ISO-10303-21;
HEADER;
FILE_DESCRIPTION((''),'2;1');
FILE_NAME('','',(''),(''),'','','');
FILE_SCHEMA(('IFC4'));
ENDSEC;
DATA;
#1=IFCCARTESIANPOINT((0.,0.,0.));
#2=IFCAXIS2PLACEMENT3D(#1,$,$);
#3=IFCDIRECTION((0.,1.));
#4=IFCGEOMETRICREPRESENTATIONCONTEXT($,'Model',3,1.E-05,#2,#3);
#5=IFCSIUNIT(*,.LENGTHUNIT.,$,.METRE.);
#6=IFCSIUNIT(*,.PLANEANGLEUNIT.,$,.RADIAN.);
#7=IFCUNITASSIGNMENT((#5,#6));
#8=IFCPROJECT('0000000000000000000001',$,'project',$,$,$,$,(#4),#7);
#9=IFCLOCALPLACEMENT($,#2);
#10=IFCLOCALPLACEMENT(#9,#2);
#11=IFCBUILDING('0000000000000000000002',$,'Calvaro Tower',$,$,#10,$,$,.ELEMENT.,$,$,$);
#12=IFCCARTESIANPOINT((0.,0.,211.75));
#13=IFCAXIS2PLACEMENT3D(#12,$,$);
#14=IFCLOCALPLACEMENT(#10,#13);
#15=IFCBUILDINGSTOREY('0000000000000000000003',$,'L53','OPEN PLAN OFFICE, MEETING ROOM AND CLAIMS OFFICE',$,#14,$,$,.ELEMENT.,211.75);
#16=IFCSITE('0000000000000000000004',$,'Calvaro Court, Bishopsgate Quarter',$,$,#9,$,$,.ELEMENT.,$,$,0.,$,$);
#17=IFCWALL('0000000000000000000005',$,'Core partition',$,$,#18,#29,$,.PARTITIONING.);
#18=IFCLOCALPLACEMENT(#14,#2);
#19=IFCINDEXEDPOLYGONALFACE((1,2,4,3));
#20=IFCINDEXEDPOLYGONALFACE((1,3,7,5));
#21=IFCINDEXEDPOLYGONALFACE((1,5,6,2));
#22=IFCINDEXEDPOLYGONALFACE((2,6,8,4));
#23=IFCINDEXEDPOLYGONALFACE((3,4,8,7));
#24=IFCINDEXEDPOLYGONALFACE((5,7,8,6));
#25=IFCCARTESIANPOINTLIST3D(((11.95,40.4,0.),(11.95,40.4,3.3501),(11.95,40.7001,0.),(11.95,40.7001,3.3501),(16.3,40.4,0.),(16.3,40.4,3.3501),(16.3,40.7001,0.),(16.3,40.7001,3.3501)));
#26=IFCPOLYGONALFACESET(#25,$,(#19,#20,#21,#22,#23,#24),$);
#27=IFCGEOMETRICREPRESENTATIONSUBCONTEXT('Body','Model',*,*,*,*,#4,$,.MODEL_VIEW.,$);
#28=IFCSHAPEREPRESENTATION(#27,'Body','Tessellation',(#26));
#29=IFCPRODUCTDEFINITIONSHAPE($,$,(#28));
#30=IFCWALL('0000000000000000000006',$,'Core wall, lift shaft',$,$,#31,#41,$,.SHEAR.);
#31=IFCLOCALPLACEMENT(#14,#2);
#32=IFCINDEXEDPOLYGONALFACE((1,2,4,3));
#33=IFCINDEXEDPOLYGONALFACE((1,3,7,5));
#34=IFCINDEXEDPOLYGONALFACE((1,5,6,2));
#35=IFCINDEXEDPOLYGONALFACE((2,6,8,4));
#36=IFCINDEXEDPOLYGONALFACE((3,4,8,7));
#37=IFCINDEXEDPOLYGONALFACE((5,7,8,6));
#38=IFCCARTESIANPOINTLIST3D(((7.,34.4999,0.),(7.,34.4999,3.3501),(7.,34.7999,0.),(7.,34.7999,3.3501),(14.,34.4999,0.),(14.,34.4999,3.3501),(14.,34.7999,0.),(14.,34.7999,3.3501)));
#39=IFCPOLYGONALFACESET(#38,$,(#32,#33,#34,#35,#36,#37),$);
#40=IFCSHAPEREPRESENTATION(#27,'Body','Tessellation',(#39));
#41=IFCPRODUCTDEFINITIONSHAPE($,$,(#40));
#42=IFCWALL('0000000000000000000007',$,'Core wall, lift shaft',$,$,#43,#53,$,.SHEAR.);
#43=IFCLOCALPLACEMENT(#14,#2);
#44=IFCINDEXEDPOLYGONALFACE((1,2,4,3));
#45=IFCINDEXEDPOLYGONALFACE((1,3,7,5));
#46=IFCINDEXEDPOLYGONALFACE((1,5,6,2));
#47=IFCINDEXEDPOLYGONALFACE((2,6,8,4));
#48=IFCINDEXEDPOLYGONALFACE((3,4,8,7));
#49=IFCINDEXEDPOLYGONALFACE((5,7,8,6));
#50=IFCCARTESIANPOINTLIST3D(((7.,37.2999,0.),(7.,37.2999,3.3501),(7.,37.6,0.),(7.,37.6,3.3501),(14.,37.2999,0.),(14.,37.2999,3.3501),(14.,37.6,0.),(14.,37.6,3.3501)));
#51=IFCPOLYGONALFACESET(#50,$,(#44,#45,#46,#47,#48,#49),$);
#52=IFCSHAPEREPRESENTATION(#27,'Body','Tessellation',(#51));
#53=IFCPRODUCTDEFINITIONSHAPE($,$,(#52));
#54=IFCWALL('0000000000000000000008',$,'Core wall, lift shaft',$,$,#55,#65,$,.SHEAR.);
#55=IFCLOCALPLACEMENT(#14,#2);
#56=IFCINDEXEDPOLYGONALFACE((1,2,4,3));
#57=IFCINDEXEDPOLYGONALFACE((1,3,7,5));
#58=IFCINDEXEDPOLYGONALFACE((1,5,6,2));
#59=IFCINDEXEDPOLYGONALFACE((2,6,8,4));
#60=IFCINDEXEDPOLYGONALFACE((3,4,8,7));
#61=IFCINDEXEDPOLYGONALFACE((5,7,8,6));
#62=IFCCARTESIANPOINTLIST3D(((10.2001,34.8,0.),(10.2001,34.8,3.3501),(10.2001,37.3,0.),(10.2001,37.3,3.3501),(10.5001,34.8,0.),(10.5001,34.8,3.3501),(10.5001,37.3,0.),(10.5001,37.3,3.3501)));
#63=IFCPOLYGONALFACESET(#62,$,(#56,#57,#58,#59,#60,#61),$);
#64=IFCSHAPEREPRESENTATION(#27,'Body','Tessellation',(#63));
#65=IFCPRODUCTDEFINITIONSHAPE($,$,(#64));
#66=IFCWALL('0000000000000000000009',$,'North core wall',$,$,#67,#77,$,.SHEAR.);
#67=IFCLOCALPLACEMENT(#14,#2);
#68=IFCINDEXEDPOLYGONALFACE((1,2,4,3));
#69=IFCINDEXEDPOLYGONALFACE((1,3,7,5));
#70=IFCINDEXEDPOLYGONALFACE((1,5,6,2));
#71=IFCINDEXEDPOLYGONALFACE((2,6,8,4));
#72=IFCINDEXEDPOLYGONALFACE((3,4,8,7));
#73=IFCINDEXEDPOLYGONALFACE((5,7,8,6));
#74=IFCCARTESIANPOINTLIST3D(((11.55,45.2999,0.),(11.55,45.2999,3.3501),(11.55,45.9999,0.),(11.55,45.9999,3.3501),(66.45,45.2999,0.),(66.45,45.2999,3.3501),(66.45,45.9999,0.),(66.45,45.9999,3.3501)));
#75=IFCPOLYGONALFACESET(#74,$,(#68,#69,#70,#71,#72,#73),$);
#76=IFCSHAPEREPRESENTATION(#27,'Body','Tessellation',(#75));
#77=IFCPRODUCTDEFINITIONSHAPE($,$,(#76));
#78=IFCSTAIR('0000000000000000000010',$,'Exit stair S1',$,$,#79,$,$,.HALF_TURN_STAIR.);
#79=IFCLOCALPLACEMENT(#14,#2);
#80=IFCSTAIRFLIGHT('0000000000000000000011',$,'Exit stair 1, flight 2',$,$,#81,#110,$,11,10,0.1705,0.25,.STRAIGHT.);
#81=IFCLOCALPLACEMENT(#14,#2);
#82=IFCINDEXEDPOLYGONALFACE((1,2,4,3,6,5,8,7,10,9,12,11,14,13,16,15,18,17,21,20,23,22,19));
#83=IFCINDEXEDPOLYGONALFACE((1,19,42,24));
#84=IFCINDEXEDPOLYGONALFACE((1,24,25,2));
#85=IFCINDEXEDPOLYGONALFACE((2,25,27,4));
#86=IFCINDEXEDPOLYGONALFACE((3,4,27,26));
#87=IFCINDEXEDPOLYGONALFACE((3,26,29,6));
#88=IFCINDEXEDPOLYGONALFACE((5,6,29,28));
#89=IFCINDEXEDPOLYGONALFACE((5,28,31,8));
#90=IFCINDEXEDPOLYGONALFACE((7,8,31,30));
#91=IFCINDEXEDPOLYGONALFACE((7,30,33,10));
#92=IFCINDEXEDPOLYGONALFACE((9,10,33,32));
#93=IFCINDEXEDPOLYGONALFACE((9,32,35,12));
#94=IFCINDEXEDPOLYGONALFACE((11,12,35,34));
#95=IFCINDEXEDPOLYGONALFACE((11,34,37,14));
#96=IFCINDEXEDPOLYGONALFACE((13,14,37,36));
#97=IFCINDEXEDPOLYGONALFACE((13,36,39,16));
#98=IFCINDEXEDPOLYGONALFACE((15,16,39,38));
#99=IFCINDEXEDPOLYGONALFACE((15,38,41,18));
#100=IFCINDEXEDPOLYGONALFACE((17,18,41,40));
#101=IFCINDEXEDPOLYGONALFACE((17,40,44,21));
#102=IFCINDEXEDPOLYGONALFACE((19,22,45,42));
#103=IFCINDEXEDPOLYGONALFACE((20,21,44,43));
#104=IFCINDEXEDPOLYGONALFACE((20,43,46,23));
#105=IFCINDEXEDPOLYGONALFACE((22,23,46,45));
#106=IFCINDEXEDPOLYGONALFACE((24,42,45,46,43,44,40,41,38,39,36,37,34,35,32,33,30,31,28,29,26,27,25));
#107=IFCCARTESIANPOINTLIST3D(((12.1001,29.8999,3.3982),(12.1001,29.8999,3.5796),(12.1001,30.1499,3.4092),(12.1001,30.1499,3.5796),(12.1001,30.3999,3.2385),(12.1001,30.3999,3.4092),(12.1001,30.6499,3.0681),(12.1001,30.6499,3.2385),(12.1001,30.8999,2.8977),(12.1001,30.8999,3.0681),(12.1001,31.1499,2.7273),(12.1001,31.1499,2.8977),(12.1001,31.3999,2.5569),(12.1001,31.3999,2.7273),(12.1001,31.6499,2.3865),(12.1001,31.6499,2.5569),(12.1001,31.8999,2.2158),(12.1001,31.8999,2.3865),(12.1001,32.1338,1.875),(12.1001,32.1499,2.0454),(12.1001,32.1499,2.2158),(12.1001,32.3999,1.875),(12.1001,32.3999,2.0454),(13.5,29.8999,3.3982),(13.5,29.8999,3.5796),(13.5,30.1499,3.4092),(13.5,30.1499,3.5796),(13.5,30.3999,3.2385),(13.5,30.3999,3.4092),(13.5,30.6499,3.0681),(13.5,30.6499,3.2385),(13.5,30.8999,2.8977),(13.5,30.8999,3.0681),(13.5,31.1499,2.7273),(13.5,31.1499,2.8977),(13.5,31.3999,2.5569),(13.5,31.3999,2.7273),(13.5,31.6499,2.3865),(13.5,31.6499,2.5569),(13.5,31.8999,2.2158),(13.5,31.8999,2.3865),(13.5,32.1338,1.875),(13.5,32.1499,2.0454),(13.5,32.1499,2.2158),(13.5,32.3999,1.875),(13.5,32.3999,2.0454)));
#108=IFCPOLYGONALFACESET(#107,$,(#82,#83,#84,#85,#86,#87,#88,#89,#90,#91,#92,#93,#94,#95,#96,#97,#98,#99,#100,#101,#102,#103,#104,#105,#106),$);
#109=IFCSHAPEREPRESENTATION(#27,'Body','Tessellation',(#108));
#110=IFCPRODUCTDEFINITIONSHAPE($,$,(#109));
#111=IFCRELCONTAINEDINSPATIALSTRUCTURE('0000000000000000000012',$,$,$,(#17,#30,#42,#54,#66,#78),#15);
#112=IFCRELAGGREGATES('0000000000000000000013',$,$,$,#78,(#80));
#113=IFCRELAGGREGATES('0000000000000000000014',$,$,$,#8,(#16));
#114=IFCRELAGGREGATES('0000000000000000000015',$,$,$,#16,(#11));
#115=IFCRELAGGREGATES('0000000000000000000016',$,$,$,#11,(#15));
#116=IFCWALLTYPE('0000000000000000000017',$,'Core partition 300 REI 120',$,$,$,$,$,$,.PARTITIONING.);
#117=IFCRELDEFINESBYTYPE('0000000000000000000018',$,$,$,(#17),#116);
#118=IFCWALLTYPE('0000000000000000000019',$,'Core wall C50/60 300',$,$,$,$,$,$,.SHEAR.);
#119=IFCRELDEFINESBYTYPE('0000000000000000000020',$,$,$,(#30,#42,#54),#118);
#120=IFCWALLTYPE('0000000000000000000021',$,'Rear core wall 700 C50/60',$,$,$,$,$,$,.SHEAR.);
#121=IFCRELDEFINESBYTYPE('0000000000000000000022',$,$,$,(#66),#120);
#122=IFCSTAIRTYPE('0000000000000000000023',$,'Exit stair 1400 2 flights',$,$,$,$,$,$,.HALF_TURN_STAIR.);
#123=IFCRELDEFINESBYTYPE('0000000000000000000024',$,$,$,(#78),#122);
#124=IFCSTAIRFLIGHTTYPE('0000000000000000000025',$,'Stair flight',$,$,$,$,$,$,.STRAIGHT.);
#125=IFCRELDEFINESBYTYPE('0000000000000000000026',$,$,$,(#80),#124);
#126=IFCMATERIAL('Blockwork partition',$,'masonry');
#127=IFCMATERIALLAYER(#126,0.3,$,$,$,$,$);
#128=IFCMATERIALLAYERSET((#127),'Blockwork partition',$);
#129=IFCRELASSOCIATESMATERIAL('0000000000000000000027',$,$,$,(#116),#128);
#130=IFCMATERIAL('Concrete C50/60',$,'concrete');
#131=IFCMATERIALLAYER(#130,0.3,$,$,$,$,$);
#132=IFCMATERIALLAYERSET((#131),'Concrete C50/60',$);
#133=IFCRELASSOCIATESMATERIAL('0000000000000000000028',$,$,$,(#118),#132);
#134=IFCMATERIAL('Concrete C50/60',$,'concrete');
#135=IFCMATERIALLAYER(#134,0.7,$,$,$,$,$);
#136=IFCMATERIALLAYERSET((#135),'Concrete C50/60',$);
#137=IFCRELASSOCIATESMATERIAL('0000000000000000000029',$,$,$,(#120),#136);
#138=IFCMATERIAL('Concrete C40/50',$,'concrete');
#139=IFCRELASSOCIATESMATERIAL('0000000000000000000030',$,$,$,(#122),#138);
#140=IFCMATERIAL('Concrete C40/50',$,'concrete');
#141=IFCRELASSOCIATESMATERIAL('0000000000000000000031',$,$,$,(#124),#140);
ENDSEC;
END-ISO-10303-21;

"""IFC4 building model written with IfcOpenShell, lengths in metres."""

from ifc_helpers import new_model, si_unit, direction, frame, frame_2d, origin, place, context, subcontext, project, spatial, polyline, rectangle, outline, extrude, material, layer, layer_set, type_object, element, aggregate, save


model = new_model("IFC4")

# Units and contexts
model_context = context("Model", 3, precision=1e-05, world=origin(), true_north=direction((0.0, 1.0)))
body_context = subcontext(model_context, "Body", "Model", "MODEL_VIEW")
ifc_project = project(units=[si_unit("LENGTHUNIT", "METRE"), si_unit("PLANEANGLEUNIT", "RADIAN")], contexts=[model_context])

# Site, building, storey
site_placement = place(None, origin())
site = spatial("IfcSite", under=ifc_project, at=site_placement, Name="Calvaro Court, Bishopsgate Quarter", CompositionType="ELEMENT", RefElevation=0.0)
building_placement = place(site_placement, origin())
building = spatial("IfcBuilding", under=site, at=building_placement, Name="Calvaro Tower", CompositionType="ELEMENT")
storey_placement = place(building_placement, frame((0.0, 0.0, 211.75)))
storey = spatial("IfcBuildingStorey", under=building, at=storey_placement, Name="L53", Description="OPEN PLAN OFFICE, MEETING ROOM AND CLAIMS OFFICE", CompositionType="ELEMENT", Elevation=211.75)

# Walls
ifc_material_1 = material(Name="Blockwork partition", Category="masonry")
ifc_layer_1 = layer(ifc_material_1, 0.3)
ifc_layer_set_1 = layer_set([ifc_layer_1], Name="Blockwork partition")
wall_type_1 = type_object("IfcWallType", Name="Core partition 300 REI 120", PredefinedType="PARTITIONING", material=ifc_layer_set_1)
wall_1_placement = place(storey_placement, frame((11.95, 40.55, 0.0), z_axis=(0.0, 0.0, 1.0), x_axis=(1.0, 0.0, 0.0)))
element("IfcWall", 1, at=wall_1_placement, inside=storey, type_object=wall_type_1, Name="Core partition", PredefinedType="PARTITIONING", context=body_context, shape_type="SweptSolid", body=[
    extrude(rectangle(XDim=4.3501, YDim=0.3, at=frame_2d((2.175, 0.0))), origin(), (0.0, 0.0, 1.0), 3.3501),
])
ifc_material_2 = material(Name="Concrete C50/60", Category="concrete")
ifc_layer_2 = layer(ifc_material_2, 0.3)
ifc_layer_set_2 = layer_set([ifc_layer_2], Name="Concrete C50/60")
wall_type_2 = type_object("IfcWallType", Name="Core wall C50/60 300", PredefinedType="SHEAR", material=ifc_layer_set_2)
for number, where, z_axis, x_axis, name in (
    (2, (7.0, 34.6499, 0.0), (0.0, 0.0, 1.0), (1.0, 0.0, 0.0), "Core wall, lift shaft"),
    (3, (7.0, 37.45, 0.0), (0.0, 0.0, 1.0), (1.0, 0.0, 0.0), "Core wall, lift shaft"),
):
    element("IfcWall", number, at=place(storey_placement, frame(where, z_axis=z_axis, x_axis=x_axis)), inside=storey, type_object=wall_type_2, Name=name, PredefinedType="SHEAR", context=body_context, shape_type="SweptSolid", body=[
        extrude(rectangle(XDim=7.0, YDim=0.3, at=frame_2d((3.5, 0.0))), origin(), (0.0, 0.0, 1.0), 3.3501),
    ])
wall_2_placement = place(storey_placement, frame((10.3501, 34.8, 0.0), z_axis=(0.0, 0.0, 1.0), x_axis=(0.0, 1.0, 0.0)))
element("IfcWall", 4, at=wall_2_placement, inside=storey, type_object=wall_type_2, Name="Core wall, lift shaft", PredefinedType="SHEAR", context=body_context, shape_type="SweptSolid", body=[
    extrude(rectangle(XDim=2.5, YDim=0.3, at=frame_2d((1.25, 0.0))), origin(), (0.0, 0.0, 1.0), 3.3501),
])
ifc_material_3 = material(Name="Concrete C50/60", Category="concrete")
ifc_layer_3 = layer(ifc_material_3, 0.7)
ifc_layer_set_3 = layer_set([ifc_layer_3], Name="Concrete C50/60")
wall_type_3 = type_object("IfcWallType", Name="Rear core wall 700 C50/60", PredefinedType="SHEAR", material=ifc_layer_set_3)
wall_3_placement = place(storey_placement, frame((11.55, 45.6499, 0.0), z_axis=(0.0, 0.0, 1.0), x_axis=(1.0, 0.0, 0.0)))
element("IfcWall", 5, at=wall_3_placement, inside=storey, type_object=wall_type_3, Name="North core wall", PredefinedType="SHEAR", context=body_context, shape_type="SweptSolid", body=[
    extrude(rectangle(XDim=54.8999, YDim=0.7, at=frame_2d((27.45, 0.0))), origin(), (0.0, 0.0, 1.0), 3.3501),
])

# Stair, stair flight
ifc_material_4 = material(Name="Concrete C40/50", Category="concrete")
stair_type = type_object("IfcStairType", Name="Exit stair 1400 2 flights", PredefinedType="HALF_TURN_STAIR", material=ifc_material_4)
stair_placement = place(storey_placement, origin())
stair = element("IfcStair", 6, at=stair_placement, inside=storey, type_object=stair_type, Name="Exit stair S1", PredefinedType="HALF_TURN_STAIR")
ifc_material_5 = material(Name="Concrete C40/50", Category="concrete")
stair_flight_type = type_object("IfcStairFlightType", Name="Stair flight", PredefinedType="STRAIGHT", material=ifc_material_5)
stair_flight_placement = place(storey_placement, frame((12.8, 32.3999, 1.875), z_axis=(0.0, 0.0, 1.0), x_axis=(0.0, -1.0, 0.0)))
stair_flight = element("IfcStairFlight", 7, at=stair_flight_placement, type_object=stair_flight_type, Name="Exit stair 1, flight 2", NumberOfRisers=11, NumberOfTreads=10, PredefinedType="STRAIGHT", RiserHeight=0.1705, TreadLength=0.25, context=body_context, shape_type="SweptSolid", body=[
    extrude(outline(polyline([(0.0, 0.0), (0.0, 0.1704), (0.25, 0.1704), (0.25, 0.3408), (0.5, 0.3408), (0.5, 0.5115), (0.75, 0.5115), (0.75, 0.6819), (1.0, 0.6819), (1.0, 0.8523), (1.25, 0.8523), (1.25, 1.0227), (1.5, 1.0227), (1.5, 1.1931), (1.75, 1.1931), (1.75, 1.3635), (2.0, 1.3635), (2.0, 1.5342), (2.25, 1.5342), (2.25, 1.7046), (2.5, 1.7046), (2.5, 1.875), (2.5, 1.5232), (0.2661, 0.0), (0.0, 0.0)])), frame((0.0, 0.7, 0.0), z_axis=(0.0, -1.0, 0.0), x_axis=(1.0, 0.0, 0.0)), (0.0, 0.0, 1.0), 1.3999),
])
aggregate(stair, [stair_flight])

save(model, "model.ifc")
